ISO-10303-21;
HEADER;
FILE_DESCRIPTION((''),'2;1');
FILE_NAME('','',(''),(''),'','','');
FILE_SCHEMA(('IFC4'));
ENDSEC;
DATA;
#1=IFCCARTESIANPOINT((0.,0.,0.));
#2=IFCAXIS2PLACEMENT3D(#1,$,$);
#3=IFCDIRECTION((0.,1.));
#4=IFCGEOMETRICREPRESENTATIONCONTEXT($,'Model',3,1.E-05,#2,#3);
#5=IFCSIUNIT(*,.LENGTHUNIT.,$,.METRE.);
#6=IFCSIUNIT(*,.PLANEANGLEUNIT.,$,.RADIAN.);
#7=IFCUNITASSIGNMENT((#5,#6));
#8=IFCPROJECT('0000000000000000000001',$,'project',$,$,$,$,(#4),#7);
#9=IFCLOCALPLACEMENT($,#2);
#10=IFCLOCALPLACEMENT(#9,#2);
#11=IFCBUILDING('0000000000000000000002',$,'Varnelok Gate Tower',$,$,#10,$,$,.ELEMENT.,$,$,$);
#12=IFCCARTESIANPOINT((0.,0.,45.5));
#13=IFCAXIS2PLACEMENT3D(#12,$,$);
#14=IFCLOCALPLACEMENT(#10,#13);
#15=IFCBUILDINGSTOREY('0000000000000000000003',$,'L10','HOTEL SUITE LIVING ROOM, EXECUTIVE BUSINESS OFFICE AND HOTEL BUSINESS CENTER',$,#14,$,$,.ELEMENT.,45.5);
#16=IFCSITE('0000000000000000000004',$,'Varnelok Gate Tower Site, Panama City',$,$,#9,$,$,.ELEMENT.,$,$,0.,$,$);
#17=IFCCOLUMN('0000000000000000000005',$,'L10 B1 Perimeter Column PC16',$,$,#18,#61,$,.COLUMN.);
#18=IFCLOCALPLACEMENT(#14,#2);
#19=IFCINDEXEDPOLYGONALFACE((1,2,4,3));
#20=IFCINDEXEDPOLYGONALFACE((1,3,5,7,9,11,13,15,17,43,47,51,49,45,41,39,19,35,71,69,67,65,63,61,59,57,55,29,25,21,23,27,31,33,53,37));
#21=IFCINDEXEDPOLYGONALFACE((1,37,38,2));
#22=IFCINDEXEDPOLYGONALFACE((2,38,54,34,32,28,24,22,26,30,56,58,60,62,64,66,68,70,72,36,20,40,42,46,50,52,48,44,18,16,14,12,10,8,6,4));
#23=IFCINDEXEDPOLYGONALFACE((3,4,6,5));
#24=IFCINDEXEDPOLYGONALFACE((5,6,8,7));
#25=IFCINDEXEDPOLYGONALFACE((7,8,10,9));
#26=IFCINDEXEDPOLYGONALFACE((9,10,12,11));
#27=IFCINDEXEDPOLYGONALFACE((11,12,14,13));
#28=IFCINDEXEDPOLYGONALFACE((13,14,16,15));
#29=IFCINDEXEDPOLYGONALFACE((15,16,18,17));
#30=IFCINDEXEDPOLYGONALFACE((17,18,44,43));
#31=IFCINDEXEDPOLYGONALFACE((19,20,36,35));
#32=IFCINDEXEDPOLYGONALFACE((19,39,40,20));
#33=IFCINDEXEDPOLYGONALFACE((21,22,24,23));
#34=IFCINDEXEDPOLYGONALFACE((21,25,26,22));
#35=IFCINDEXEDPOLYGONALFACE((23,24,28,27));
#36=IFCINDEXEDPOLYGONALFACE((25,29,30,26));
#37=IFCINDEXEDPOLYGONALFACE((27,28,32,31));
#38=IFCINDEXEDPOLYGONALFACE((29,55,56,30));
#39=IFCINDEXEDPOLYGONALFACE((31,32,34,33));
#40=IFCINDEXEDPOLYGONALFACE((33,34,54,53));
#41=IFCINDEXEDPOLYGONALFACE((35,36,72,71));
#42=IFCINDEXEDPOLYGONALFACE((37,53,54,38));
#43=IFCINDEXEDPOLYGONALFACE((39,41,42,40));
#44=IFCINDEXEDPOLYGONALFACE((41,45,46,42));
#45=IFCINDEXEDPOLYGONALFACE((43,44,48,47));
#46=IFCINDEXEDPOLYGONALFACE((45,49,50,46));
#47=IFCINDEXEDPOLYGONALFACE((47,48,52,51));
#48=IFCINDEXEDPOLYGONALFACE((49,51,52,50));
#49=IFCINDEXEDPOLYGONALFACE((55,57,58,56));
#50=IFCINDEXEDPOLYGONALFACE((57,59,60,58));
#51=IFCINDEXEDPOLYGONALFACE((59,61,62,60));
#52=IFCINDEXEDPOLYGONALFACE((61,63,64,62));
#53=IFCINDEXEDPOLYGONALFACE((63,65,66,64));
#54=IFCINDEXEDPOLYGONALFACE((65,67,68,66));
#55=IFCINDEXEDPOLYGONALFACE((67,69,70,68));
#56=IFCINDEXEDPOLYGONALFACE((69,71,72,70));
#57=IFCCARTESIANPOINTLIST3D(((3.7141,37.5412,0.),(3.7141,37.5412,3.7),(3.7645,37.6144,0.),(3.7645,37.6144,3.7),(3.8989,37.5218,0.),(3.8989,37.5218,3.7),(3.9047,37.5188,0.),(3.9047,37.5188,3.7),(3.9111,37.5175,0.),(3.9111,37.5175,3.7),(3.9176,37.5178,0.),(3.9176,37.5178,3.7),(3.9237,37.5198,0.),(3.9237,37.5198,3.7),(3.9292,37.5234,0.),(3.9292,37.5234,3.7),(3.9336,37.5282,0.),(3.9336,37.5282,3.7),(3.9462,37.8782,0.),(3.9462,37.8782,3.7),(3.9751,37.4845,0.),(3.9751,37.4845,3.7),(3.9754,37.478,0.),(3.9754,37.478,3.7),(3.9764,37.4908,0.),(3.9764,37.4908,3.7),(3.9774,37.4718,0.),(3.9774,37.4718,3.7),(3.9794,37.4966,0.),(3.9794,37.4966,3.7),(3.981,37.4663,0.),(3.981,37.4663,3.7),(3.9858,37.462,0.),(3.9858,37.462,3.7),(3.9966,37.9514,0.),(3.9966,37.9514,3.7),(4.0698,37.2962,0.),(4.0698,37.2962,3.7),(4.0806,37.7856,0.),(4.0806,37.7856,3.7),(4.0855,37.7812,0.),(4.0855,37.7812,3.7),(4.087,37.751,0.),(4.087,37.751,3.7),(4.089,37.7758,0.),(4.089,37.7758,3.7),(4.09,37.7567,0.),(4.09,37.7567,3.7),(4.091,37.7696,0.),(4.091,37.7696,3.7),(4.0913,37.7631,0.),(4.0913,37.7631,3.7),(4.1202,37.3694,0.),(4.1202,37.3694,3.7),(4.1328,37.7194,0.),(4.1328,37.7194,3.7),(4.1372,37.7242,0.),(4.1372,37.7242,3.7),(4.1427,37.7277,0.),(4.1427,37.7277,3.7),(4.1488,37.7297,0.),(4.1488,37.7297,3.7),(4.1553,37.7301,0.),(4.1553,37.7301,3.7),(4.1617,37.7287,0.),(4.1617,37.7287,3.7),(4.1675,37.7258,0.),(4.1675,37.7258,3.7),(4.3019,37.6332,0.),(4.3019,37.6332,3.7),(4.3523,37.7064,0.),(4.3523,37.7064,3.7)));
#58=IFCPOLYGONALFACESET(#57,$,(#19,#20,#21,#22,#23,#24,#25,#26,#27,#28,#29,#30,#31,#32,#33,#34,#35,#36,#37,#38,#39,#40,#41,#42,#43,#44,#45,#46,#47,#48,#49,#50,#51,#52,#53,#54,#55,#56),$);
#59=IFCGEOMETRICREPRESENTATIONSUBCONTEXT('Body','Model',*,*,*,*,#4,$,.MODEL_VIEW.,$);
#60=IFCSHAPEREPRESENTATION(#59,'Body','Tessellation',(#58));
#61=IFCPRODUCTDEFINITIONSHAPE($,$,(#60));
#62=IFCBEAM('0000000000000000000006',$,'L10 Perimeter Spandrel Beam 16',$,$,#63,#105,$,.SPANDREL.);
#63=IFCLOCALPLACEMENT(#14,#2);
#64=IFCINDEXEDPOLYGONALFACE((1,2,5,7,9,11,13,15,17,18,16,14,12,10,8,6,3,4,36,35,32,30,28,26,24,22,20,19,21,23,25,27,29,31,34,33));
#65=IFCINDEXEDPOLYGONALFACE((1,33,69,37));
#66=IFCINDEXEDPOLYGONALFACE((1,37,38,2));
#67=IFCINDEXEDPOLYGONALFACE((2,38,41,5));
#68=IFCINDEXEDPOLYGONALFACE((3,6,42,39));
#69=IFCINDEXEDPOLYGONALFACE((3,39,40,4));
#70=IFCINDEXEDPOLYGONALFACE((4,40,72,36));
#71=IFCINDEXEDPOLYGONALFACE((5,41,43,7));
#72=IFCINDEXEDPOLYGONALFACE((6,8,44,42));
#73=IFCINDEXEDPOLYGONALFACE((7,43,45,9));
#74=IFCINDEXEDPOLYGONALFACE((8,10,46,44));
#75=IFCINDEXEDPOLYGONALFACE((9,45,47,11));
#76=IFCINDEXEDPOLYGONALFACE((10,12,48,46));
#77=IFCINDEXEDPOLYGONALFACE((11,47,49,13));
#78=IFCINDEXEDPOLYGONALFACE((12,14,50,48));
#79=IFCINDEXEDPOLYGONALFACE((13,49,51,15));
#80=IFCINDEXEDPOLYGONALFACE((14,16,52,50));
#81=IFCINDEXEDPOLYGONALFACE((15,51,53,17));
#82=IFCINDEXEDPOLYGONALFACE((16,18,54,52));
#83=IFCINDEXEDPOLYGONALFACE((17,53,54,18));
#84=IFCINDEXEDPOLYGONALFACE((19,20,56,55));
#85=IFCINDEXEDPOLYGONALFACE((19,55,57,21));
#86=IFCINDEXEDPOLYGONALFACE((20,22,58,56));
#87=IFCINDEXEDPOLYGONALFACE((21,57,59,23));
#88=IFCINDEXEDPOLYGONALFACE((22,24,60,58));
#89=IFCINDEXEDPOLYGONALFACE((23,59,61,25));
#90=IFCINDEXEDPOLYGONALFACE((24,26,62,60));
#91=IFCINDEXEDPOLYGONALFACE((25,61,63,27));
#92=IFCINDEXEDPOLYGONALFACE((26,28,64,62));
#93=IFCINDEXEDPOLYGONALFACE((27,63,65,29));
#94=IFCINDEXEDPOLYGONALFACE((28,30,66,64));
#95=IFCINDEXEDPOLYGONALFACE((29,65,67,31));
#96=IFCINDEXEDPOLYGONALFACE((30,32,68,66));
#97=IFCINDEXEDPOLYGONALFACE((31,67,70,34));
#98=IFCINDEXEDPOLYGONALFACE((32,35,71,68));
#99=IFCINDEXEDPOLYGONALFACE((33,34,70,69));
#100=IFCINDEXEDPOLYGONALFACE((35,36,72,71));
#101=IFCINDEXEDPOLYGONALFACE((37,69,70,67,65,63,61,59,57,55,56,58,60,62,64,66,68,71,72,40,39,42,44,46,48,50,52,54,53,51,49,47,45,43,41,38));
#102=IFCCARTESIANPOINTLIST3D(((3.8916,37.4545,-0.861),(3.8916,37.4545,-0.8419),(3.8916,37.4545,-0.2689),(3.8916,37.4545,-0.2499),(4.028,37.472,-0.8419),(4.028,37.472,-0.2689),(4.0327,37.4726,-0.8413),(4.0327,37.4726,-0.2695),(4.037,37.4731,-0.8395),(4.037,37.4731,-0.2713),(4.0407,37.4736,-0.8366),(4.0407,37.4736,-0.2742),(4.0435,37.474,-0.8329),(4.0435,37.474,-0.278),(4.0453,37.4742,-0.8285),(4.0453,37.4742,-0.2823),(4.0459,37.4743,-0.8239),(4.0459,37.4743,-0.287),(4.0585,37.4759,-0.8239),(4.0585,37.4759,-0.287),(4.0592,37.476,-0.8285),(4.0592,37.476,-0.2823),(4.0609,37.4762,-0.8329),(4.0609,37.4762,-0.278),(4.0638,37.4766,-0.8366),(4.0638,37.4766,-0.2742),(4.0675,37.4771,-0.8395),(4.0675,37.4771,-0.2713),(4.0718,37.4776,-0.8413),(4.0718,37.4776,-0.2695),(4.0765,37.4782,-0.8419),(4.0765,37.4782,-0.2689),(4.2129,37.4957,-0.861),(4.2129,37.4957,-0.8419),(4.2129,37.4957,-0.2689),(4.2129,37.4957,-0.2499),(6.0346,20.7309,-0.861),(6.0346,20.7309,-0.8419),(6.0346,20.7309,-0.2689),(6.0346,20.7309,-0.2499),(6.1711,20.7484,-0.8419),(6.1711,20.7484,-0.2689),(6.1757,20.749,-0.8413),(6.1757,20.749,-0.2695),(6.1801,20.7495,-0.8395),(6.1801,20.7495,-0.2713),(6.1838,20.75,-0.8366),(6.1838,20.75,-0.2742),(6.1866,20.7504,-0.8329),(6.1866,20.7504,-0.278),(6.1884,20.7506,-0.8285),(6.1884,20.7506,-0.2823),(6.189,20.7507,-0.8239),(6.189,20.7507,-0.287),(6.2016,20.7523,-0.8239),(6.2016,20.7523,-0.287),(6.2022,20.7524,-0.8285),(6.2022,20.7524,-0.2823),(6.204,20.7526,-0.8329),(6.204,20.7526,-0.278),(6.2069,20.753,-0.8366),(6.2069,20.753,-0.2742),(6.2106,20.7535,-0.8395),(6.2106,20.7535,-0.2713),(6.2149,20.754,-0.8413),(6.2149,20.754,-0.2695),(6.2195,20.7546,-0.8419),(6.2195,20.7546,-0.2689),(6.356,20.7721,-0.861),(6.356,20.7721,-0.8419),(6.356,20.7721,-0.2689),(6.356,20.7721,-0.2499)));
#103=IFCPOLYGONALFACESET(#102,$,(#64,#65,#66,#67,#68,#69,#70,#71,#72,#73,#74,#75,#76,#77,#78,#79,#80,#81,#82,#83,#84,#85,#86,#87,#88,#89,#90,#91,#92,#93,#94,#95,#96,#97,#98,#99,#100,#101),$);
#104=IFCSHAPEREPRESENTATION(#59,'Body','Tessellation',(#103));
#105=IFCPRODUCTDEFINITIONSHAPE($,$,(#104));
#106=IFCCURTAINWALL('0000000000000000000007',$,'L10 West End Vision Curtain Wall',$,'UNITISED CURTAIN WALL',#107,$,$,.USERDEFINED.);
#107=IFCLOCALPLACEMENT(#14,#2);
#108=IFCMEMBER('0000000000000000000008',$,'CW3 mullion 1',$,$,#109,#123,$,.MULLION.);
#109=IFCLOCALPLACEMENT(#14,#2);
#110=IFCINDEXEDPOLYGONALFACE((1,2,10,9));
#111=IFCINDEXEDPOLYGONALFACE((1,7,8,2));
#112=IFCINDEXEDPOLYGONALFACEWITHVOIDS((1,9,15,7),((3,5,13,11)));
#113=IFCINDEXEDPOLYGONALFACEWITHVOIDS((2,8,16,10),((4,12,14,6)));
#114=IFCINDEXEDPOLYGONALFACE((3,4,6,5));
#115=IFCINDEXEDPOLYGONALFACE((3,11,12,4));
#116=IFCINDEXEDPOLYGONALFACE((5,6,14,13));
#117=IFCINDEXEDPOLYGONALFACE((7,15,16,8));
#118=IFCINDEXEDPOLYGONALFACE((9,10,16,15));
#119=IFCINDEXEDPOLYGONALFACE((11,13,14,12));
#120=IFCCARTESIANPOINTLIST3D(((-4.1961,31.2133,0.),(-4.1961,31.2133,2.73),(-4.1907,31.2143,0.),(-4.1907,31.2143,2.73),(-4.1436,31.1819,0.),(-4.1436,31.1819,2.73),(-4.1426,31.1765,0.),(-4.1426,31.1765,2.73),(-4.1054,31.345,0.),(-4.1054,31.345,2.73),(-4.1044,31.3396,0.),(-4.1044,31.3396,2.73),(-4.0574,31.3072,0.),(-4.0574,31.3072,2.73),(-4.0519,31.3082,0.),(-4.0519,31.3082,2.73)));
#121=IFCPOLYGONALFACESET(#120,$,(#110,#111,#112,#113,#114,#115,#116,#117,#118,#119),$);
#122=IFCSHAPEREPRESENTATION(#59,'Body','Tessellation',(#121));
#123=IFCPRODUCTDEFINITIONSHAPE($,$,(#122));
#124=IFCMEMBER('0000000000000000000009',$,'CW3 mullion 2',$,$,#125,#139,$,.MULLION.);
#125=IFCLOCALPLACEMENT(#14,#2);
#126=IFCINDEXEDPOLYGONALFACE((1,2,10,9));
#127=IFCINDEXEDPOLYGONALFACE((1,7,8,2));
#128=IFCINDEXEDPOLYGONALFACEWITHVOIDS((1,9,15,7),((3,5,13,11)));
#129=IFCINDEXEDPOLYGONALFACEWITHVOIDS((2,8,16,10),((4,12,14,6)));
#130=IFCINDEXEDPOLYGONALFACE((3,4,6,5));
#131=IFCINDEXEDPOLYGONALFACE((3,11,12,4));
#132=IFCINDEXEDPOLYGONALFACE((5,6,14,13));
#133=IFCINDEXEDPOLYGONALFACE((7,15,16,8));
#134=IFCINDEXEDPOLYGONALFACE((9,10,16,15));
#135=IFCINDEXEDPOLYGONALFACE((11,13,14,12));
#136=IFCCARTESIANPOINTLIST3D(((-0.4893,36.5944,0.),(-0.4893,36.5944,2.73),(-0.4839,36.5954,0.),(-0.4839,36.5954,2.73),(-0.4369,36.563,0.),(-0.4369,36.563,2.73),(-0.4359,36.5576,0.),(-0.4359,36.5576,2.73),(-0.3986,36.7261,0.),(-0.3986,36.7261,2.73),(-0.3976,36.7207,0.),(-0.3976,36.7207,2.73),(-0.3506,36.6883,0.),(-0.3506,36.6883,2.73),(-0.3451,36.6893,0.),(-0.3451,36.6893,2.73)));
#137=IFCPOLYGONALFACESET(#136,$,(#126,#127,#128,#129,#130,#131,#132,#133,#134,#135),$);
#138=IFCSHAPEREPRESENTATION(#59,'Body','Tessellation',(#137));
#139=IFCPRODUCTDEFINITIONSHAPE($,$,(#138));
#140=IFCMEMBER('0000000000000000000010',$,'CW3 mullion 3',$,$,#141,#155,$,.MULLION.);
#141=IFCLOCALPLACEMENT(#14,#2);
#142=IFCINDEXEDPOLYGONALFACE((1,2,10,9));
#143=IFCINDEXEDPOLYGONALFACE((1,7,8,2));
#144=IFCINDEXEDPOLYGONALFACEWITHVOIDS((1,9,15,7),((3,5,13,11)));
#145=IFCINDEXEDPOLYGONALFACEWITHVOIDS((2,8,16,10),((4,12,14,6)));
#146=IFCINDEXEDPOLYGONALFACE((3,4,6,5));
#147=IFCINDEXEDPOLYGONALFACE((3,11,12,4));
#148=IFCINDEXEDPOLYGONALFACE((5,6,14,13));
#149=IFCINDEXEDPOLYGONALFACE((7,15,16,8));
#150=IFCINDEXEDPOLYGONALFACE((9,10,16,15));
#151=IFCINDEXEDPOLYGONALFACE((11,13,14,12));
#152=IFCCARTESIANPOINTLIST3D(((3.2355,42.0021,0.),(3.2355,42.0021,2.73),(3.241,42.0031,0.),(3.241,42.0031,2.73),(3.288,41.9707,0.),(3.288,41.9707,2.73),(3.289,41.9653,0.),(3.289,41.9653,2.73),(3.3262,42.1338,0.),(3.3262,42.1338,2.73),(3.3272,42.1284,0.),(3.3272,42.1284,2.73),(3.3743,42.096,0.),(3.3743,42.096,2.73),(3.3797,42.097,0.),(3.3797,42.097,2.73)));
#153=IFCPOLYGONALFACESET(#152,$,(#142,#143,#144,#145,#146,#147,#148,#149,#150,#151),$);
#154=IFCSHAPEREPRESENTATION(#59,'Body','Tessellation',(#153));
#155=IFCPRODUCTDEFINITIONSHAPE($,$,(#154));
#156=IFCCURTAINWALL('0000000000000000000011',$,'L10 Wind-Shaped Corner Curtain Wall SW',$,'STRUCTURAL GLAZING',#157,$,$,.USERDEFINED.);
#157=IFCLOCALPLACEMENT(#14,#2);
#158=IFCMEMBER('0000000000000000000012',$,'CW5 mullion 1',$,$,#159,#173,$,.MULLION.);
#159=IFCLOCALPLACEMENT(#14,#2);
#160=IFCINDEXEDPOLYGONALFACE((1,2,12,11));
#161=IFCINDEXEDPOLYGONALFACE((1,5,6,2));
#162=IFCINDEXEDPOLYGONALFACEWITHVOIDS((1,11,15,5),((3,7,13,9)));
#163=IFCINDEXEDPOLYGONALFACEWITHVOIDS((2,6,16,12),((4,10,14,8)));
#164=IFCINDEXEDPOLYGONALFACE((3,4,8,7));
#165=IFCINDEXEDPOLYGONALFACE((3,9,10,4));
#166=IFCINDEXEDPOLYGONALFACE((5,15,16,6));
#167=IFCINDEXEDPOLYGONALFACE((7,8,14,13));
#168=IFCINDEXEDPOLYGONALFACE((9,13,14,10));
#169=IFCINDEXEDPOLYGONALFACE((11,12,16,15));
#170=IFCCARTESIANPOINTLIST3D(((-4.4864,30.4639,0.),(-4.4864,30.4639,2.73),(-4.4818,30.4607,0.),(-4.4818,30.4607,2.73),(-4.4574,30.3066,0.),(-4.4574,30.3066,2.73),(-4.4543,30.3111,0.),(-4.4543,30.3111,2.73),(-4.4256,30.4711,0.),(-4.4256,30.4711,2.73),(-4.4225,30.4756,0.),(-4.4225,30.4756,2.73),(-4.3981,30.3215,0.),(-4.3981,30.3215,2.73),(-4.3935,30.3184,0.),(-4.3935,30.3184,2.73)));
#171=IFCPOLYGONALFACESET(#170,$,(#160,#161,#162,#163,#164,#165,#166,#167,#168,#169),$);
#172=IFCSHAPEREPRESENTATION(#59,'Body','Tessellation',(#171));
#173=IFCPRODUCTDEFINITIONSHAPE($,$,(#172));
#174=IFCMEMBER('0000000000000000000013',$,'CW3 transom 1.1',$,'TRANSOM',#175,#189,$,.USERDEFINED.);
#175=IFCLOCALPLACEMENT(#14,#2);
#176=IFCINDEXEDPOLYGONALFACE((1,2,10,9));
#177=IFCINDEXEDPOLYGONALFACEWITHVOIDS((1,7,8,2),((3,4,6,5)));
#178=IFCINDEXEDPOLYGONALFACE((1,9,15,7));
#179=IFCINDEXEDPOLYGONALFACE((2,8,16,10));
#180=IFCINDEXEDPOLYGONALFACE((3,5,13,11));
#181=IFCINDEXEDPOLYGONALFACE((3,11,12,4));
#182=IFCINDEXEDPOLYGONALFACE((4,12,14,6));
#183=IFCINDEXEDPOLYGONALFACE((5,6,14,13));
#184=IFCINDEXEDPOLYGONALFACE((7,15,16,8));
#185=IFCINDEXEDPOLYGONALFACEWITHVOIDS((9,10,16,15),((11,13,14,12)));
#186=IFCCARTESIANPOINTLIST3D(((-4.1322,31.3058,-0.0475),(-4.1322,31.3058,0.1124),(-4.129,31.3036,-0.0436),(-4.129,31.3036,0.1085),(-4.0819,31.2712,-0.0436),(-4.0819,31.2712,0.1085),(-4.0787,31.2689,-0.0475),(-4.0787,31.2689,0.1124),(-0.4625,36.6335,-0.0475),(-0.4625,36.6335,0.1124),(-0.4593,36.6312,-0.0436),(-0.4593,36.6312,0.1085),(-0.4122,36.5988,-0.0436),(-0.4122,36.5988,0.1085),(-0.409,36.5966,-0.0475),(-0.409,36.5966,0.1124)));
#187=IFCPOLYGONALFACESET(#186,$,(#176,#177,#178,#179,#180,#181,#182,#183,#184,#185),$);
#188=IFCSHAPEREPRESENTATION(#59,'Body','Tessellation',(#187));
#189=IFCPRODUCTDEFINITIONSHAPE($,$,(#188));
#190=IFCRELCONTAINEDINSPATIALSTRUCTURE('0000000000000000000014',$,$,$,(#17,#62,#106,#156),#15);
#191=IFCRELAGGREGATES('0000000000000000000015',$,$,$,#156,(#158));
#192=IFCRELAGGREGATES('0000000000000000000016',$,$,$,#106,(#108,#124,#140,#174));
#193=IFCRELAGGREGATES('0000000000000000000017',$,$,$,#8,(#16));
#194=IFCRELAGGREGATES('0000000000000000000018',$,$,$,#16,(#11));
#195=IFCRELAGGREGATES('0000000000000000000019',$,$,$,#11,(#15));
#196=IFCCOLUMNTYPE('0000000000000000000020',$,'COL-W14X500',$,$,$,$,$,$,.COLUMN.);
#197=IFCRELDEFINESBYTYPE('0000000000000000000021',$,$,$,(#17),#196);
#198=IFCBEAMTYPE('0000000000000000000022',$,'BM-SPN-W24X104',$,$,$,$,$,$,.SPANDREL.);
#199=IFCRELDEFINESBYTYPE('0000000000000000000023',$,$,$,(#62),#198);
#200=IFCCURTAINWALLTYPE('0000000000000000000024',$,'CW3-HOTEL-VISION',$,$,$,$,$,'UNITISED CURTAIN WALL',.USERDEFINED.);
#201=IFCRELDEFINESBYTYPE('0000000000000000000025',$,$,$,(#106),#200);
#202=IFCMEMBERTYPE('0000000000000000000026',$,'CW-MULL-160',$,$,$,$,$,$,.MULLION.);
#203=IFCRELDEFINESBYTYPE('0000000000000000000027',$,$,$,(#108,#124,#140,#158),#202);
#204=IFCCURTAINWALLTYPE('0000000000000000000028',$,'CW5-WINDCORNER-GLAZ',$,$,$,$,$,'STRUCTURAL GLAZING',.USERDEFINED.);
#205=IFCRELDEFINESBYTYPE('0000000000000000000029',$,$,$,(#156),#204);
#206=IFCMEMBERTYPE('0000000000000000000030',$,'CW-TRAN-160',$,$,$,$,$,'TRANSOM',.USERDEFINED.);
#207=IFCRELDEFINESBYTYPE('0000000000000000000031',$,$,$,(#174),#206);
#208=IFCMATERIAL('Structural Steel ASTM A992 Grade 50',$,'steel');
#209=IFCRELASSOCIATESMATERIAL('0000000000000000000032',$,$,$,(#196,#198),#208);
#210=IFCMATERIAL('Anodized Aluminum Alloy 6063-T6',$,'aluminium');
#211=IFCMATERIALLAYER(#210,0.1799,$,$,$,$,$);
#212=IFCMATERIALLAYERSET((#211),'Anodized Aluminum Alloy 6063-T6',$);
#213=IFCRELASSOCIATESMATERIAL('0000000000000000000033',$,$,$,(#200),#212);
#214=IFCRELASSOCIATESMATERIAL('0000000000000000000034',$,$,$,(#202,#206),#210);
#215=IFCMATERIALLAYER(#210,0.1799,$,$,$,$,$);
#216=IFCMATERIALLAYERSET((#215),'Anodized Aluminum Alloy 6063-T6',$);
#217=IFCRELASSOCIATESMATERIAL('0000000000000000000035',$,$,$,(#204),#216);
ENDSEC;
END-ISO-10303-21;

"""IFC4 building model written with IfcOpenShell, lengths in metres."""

from ifc_helpers import new_model, si_unit, direction, frame, origin, origin_2d, place, context, subcontext, project, spatial, hollow_rectangle, i_section, extrude, material, layer, layer_set, material_profile, profile_set, type_object, element, aggregate, save


model = new_model("IFC4")

# Units and contexts
model_context = context("Model", 3, precision=1e-05, world=origin(), true_north=direction((0.0, 1.0)))
body_context = subcontext(model_context, "Body", "Model", "MODEL_VIEW")
ifc_project = project(units=[si_unit("LENGTHUNIT", "METRE"), si_unit("PLANEANGLEUNIT", "RADIAN")], contexts=[model_context])

# Site, building, storey
site_placement = place(None, origin())
site = spatial("IfcSite", under=ifc_project, at=site_placement, Name="Varnelok Gate Tower Site, Panama City", CompositionType="ELEMENT", RefElevation=0.0)
building_placement = place(site_placement, origin())
building = spatial("IfcBuilding", under=site, at=building_placement, Name="Varnelok Gate Tower", CompositionType="ELEMENT")
storey_placement = place(building_placement, frame((0.0, 0.0, 45.5)))
storey = spatial("IfcBuildingStorey", under=building, at=storey_placement, Name="L10", Description="HOTEL SUITE LIVING ROOM, EXECUTIVE BUSINESS OFFICE AND HOTEL BUSINESS CENTER", CompositionType="ELEMENT", Elevation=45.5)

# Column
ifc_material_1 = material(Name="Structural Steel ASTM A992 Grade 50", Category="steel")
ifc_material_profile_1 = material_profile(ifc_material_1, i_section(OverallWidth=0.4319, OverallDepth=0.498, WebThickness=0.0557, FlangeThickness=0.0889, FilletRadius=0.0249, at=origin_2d()), Name="W14X500")
ifc_profile_set_1 = profile_set([ifc_material_profile_1], Name="Structural Steel ASTM A992 Grade 50")
column_type = type_object("IfcColumnType", Name="COL-W14X500", PredefinedType="COLUMN", material=ifc_profile_set_1)
column_placement = place(storey_placement, frame((4.0332, 37.6238, 0.0), z_axis=(0.0, 0.0, 1.0), x_axis=(0.823533, -0.567269, 0.0)))
element("IfcColumn", 1, at=column_placement, inside=storey, type_object=column_type, Name="L10 B1 Perimeter Column PC16", PredefinedType="COLUMN", context=body_context, shape_type="SweptSolid", body=[
    extrude(i_section(OverallWidth=0.4319, OverallDepth=0.498, WebThickness=0.0557, FlangeThickness=0.0889, FilletRadius=0.0249, at=origin_2d()), origin(), (0.0, 0.0, 1.0), 3.7),
])

# Beam
ifc_material_profile_2 = material_profile(ifc_material_1, i_section(OverallWidth=0.324, OverallDepth=0.6111, WebThickness=0.0127, FlangeThickness=0.019, FilletRadius=0.0181, at=origin_2d()), Name="W24X104")
ifc_profile_set_2 = profile_set([ifc_material_profile_2], Name="Structural Steel ASTM A992 Grade 50")
beam_type = type_object("IfcBeamType", Name="BM-SPN-W24X104", PredefinedType="SPANDREL", material=ifc_profile_set_2)
beam_placement = place(storey_placement, frame((4.0522, 37.4751, -0.5554), z_axis=(0.127107, -0.991889, 0.0), x_axis=(0.991889, 0.127107, 0.0)))
element("IfcBeam", 2, at=beam_placement, inside=storey, type_object=beam_type, Name="L10 Perimeter Spandrel Beam 16", PredefinedType="SPANDREL", context=body_context, shape_type="SweptSolid", body=[
    extrude(i_section(OverallWidth=0.324, OverallDepth=0.6111, WebThickness=0.0127, FlangeThickness=0.019, FilletRadius=0.0181, at=origin_2d()), origin(), (0.0, 0.0, 1.0), 16.8604),
])

# Curtain wall, members
ifc_material_2 = material(Name="Anodized Aluminum Alloy 6063-T6", Category="aluminium")
ifc_layer_1 = layer(ifc_material_2, 0.1799)
ifc_layer_set_1 = layer_set([ifc_layer_1], Name="Anodized Aluminum Alloy 6063-T6")
curtain_wall_type_1 = type_object("IfcCurtainWallType", Name="CW3-HOTEL-VISION", ElementType="UNITISED CURTAIN WALL", PredefinedType="USERDEFINED", material=ifc_layer_set_1)
curtain_wall_1_placement = place(storey_placement, origin())
curtain_wall_1 = element("IfcCurtainWall", 3, at=curtain_wall_1_placement, inside=storey, type_object=curtain_wall_type_1, Name="L10 West End Vision Curtain Wall", ObjectType="UNITISED CURTAIN WALL", PredefinedType="USERDEFINED")
ifc_material_profile_3 = material_profile(ifc_material_2, hollow_rectangle(XDim=0.0649, YDim=0.1599, WallThickness=0.0039, at=origin_2d()), Name="ALU160X65X4")
ifc_profile_set_3 = profile_set([ifc_material_profile_3], Name="Anodized Aluminum Alloy 6063-T6")
member_type_1 = type_object("IfcMemberType", Name="CW-MULL-160", PredefinedType="MULLION", material=ifc_profile_set_3)
member_1_placement = place(storey_placement, frame((-4.124, 31.2607, 0.0), z_axis=(0.0, 0.0, 1.0), x_axis=(-0.823533, 0.567269, 0.0)))
member_1 = element("IfcMember", 4, at=member_1_placement, type_object=member_type_1, Name="CW3 mullion 1", PredefinedType="MULLION", context=body_context, shape_type="SweptSolid", body=[
    extrude(hollow_rectangle(XDim=0.0649, YDim=0.1599, WallThickness=0.0039, at=origin_2d()), origin(), (0.0, 0.0, 1.0), 2.73),
])
member_2_placement = place(storey_placement, frame((-0.4172, 36.6418, 0.0), z_axis=(0.0, 0.0, 1.0), x_axis=(-0.823533, 0.567269, 0.0)))
member_2 = element("IfcMember", 5, at=member_2_placement, type_object=member_type_1, Name="CW3 mullion 2", PredefinedType="MULLION", context=body_context, shape_type="SweptSolid", body=[
    extrude(hollow_rectangle(XDim=0.0649, YDim=0.1599, WallThickness=0.0039, at=origin_2d()), origin(), (0.0, 0.0, 1.0), 2.73),
])
member_3_placement = place(storey_placement, frame((3.3076, 42.0496, 0.0), z_axis=(0.0, 0.0, 1.0), x_axis=(-0.823533, 0.567269, 0.0)))
member_3 = element("IfcMember", 6, at=member_3_placement, type_object=member_type_1, Name="CW3 mullion 3", PredefinedType="MULLION", context=body_context, shape_type="SweptSolid", body=[
    extrude(hollow_rectangle(XDim=0.0649, YDim=0.1599, WallThickness=0.0039, at=origin_2d()), origin(), (0.0, 0.0, 1.0), 2.73),
])

# Curtain wall, member
ifc_layer_2 = layer(ifc_material_2, 0.1799)
ifc_layer_set_2 = layer_set([ifc_layer_2], Name="Anodized Aluminum Alloy 6063-T6")
curtain_wall_type_2 = type_object("IfcCurtainWallType", Name="CW5-WINDCORNER-GLAZ", ElementType="STRUCTURAL GLAZING", PredefinedType="USERDEFINED", material=ifc_layer_set_2)
curtain_wall_2_placement = place(storey_placement, origin())
curtain_wall_2 = element("IfcCurtainWall", 7, at=curtain_wall_2_placement, inside=storey, type_object=curtain_wall_type_2, Name="L10 Wind-Shaped Corner Curtain Wall SW", ObjectType="STRUCTURAL GLAZING", PredefinedType="USERDEFINED")
member_4_placement = place(storey_placement, frame((-4.4399, 30.3911, 0.0), z_axis=(0.0, 0.0, 1.0), x_axis=(0.983446, 0.181203, 0.0)))
member_4 = element("IfcMember", 8, at=member_4_placement, type_object=member_type_1, Name="CW5 mullion 1", PredefinedType="MULLION", context=body_context, shape_type="SweptSolid", body=[
    extrude(hollow_rectangle(XDim=0.0649, YDim=0.1599, WallThickness=0.0039, at=origin_2d()), origin(), (0.0, 0.0, 1.0), 2.73),
])

# Member
ifc_material_profile_4 = material_profile(ifc_material_2, hollow_rectangle(XDim=0.0649, YDim=0.1599, WallThickness=0.0039, at=origin_2d()), Name="ALU160X65X4")
ifc_profile_set_4 = profile_set([ifc_material_profile_4], Name="Anodized Aluminum Alloy 6063-T6")
member_type_2 = type_object("IfcMemberType", Name="CW-TRAN-160", ElementType="TRANSOM", PredefinedType="USERDEFINED", material=ifc_profile_set_4)
member_5_placement = place(storey_placement, frame((-4.1055, 31.2874, 0.0325), z_axis=(0.567256, 0.823542, 0.0), x_axis=(-0.823542, 0.567256, 0.0)))
member_5 = element("IfcMember", 9, at=member_5_placement, type_object=member_type_2, Name="CW3 transom 1.1", ObjectType="TRANSOM", PredefinedType="USERDEFINED", context=body_context, shape_type="SweptSolid", body=[
    extrude(hollow_rectangle(XDim=0.0649, YDim=0.1599, WallThickness=0.0039, at=origin_2d()), origin(), (0.0, 0.0, 1.0), 6.4692),
])
aggregate(curtain_wall_2, [member_4])

aggregate(curtain_wall_1, [member_1, member_2, member_3, member_5])

save(model, "model.ifc")
